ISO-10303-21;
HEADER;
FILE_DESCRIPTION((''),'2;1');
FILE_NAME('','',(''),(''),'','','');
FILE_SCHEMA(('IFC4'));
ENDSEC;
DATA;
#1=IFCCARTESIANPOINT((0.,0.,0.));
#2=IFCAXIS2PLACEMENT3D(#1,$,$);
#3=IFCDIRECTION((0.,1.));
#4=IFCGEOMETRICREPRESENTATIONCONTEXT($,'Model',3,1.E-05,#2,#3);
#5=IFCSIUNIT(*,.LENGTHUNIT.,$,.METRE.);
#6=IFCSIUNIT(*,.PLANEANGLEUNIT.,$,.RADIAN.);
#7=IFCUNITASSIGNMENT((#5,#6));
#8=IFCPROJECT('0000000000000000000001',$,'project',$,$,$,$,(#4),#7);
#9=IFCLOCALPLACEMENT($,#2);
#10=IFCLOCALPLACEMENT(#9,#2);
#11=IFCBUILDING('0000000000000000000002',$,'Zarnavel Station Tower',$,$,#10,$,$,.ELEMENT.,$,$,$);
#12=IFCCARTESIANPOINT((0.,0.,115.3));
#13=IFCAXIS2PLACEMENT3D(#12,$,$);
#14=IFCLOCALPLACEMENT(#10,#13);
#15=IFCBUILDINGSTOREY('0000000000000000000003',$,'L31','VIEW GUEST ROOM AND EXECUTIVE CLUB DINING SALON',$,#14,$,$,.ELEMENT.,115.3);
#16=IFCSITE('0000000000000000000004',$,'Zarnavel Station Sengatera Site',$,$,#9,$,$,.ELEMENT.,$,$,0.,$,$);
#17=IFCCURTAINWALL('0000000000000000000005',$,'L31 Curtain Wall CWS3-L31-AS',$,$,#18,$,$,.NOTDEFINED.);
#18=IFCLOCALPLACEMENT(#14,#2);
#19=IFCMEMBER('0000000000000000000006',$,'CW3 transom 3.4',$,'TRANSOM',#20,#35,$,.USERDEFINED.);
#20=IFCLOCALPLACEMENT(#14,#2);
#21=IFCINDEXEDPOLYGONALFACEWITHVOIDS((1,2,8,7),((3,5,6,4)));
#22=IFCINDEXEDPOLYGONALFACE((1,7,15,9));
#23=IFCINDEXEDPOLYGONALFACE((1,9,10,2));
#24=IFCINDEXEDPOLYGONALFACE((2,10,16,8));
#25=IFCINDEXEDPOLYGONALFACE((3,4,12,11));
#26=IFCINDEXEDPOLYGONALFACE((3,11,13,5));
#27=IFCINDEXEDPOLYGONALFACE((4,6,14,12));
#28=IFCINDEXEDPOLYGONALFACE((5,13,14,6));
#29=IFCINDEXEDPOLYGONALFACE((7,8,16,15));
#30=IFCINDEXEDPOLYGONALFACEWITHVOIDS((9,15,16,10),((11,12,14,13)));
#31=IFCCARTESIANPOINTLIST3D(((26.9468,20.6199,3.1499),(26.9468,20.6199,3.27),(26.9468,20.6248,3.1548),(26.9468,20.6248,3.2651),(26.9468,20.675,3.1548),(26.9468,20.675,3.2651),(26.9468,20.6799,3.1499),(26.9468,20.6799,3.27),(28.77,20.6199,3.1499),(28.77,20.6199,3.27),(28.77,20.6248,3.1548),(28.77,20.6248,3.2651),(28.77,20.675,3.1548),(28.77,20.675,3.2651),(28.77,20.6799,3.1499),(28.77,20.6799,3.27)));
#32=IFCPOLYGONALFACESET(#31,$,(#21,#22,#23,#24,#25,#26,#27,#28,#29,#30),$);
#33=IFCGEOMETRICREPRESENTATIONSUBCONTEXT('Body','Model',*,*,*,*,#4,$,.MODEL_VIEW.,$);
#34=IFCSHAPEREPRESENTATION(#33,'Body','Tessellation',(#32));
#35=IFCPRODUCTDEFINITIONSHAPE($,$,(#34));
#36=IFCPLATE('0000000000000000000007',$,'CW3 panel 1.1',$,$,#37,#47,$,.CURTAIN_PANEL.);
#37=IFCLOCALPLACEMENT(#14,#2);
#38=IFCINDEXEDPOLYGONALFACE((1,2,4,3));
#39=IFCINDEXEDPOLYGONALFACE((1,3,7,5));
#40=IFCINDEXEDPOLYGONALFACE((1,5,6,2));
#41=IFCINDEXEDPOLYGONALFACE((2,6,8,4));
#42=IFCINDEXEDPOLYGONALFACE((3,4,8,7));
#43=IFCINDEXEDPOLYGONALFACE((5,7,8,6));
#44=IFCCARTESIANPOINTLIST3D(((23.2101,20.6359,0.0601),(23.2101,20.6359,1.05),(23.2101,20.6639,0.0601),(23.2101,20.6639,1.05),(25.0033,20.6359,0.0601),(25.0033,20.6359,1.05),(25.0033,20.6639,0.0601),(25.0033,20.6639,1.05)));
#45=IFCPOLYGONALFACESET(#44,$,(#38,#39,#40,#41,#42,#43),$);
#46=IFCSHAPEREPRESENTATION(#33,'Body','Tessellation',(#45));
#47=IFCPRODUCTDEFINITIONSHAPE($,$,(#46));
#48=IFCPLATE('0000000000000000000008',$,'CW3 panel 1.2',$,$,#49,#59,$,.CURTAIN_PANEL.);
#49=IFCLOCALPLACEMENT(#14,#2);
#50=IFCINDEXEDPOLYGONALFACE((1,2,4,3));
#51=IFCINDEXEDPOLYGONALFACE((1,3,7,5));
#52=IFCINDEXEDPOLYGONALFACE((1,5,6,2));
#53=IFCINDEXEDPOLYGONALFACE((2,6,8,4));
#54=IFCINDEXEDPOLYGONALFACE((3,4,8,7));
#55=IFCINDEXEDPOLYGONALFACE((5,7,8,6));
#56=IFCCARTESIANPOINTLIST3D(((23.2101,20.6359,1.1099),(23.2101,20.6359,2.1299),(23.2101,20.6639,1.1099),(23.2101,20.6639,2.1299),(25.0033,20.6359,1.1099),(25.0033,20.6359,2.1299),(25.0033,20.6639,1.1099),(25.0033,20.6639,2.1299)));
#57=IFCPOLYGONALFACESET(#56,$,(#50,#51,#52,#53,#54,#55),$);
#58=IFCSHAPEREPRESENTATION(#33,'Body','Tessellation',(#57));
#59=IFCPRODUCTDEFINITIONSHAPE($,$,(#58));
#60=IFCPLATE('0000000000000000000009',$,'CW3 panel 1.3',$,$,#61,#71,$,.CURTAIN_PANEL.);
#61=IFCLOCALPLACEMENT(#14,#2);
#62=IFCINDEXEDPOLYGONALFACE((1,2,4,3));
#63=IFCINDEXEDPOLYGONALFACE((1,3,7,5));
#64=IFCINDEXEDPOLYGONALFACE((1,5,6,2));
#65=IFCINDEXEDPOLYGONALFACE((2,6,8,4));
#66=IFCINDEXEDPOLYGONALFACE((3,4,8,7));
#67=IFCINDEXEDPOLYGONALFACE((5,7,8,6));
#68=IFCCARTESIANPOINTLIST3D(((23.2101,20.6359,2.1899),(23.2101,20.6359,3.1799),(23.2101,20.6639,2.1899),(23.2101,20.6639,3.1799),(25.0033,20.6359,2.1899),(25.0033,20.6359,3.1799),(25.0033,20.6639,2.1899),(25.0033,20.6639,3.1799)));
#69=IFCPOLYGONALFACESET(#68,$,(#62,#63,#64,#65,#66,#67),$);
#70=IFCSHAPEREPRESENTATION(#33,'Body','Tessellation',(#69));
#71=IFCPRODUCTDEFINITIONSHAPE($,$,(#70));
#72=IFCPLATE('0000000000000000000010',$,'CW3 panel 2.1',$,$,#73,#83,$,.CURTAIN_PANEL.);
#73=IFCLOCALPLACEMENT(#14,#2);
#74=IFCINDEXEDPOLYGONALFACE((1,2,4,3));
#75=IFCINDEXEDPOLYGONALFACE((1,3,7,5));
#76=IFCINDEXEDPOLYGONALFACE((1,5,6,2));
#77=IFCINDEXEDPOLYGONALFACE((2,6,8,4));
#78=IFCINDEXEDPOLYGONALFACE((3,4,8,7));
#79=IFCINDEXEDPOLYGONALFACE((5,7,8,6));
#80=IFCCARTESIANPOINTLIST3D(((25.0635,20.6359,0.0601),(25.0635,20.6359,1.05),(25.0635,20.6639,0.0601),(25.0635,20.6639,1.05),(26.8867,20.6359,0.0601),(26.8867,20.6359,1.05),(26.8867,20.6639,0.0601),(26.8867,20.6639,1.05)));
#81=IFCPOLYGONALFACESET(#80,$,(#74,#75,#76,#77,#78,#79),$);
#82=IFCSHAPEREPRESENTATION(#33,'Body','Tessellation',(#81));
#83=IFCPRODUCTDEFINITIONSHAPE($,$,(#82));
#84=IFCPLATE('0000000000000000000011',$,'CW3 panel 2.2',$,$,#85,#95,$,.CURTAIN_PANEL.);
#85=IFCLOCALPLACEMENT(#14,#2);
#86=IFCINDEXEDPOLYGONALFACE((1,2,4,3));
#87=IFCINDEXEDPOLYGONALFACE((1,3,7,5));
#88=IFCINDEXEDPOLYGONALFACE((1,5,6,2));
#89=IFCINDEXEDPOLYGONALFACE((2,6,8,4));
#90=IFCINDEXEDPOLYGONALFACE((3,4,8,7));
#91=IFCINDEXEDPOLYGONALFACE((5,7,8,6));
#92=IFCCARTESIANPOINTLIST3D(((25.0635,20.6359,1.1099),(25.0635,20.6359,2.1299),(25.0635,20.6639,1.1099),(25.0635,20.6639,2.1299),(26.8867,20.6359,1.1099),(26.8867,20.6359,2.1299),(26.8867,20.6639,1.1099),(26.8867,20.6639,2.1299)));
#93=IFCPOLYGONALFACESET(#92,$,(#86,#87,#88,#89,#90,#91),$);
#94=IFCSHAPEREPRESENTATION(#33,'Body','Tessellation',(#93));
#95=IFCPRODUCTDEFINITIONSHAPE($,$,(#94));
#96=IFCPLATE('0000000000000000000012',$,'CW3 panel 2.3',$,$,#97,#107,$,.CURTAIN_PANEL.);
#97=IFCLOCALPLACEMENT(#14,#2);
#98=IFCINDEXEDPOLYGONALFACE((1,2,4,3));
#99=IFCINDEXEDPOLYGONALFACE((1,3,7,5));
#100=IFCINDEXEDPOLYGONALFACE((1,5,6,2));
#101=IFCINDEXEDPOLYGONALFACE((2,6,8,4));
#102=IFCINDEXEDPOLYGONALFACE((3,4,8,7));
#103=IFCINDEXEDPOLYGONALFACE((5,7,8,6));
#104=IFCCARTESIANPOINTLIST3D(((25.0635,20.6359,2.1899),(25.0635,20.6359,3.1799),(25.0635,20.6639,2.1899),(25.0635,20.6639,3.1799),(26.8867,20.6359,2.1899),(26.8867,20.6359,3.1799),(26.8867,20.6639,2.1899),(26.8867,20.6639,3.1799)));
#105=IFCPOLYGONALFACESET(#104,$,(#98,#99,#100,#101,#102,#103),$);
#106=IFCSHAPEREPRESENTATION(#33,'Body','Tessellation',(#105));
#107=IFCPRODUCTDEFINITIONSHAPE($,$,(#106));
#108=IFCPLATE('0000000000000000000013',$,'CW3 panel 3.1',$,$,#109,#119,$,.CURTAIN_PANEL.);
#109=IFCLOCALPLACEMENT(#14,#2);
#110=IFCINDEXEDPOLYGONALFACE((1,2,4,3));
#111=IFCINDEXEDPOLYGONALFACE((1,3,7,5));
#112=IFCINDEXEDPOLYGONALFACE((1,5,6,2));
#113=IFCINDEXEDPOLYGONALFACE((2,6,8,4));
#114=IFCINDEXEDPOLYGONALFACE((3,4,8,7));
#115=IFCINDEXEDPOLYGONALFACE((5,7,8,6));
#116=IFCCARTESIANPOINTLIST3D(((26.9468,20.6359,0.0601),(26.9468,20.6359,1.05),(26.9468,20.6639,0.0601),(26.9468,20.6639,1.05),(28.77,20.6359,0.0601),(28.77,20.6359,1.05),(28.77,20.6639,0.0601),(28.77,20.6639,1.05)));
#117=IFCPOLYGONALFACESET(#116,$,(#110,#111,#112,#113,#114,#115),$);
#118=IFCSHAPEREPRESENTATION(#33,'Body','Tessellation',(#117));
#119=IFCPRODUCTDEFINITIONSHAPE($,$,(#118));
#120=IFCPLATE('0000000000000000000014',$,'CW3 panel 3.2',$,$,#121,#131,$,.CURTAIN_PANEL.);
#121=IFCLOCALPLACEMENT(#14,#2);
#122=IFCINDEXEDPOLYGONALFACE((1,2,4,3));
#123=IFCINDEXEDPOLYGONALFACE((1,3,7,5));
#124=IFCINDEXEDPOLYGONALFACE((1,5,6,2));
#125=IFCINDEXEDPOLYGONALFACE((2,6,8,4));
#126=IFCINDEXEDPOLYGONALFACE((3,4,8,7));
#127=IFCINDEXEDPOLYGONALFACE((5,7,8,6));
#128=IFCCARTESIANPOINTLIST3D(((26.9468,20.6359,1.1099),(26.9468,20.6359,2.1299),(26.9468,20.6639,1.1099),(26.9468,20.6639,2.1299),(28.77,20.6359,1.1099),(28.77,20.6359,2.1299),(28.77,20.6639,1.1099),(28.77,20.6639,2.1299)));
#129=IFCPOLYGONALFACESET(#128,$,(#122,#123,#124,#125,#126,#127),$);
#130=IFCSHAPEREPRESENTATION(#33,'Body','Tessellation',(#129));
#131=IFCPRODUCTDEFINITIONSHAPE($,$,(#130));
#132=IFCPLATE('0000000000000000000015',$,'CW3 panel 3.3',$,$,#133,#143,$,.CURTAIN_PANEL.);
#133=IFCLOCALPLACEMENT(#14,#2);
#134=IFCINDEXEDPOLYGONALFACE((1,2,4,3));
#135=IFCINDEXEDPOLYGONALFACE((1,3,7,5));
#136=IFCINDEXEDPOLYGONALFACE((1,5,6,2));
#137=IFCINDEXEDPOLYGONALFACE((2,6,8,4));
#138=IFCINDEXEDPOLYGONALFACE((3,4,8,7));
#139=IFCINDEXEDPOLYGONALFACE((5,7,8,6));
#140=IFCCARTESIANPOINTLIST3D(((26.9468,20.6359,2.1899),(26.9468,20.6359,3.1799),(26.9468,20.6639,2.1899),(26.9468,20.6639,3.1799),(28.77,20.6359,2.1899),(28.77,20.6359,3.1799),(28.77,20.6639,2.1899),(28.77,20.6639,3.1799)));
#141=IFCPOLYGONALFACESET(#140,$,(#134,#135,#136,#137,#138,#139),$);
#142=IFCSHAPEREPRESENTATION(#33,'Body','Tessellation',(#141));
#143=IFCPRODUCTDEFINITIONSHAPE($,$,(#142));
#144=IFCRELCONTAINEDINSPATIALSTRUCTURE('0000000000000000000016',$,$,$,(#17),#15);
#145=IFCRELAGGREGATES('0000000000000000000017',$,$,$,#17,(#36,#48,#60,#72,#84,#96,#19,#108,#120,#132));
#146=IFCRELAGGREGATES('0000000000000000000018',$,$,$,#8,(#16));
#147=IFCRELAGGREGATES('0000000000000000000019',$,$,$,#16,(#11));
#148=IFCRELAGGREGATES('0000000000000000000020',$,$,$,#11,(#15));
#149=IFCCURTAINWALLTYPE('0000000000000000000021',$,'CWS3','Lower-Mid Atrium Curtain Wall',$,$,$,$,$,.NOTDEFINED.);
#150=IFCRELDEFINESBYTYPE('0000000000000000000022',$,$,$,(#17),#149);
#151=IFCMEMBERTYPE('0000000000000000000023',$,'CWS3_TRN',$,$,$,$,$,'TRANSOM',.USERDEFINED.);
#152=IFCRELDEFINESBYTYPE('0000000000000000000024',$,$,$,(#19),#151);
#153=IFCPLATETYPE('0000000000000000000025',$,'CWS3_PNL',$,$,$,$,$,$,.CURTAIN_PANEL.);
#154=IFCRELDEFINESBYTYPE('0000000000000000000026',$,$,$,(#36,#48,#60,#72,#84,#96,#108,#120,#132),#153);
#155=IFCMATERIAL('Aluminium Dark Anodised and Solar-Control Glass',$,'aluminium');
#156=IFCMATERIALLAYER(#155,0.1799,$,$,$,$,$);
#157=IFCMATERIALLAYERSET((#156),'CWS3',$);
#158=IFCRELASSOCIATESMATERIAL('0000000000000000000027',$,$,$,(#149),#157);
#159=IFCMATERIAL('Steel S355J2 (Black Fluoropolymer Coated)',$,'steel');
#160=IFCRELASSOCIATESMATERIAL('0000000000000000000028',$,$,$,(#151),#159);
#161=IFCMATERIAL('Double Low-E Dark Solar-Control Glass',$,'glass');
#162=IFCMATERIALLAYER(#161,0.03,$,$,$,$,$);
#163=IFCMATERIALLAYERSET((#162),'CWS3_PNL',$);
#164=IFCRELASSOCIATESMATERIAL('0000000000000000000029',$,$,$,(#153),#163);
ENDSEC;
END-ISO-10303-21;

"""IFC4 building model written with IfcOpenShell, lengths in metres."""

from ifc_helpers import new_model, si_unit, direction, frame, origin, origin_2d, place, context, subcontext, project, spatial, rectangle, hollow_rectangle, extrude, material, layer, layer_set, material_profile, profile_set, type_object, element, aggregate, save


model = new_model("IFC4")

# Units and contexts
model_context = context("Model", 3, precision=1e-05, world=origin(), true_north=direction((0.0, 1.0)))
body_context = subcontext(model_context, "Body", "Model", "MODEL_VIEW")
ifc_project = project(units=[si_unit("LENGTHUNIT", "METRE"), si_unit("PLANEANGLEUNIT", "RADIAN")], contexts=[model_context])

# Site, building, storey
site_placement = place(None, origin())
site = spatial("IfcSite", under=ifc_project, at=site_placement, Name="Zarnavel Station Sengatera Site", CompositionType="ELEMENT", RefElevation=0.0)
building_placement = place(site_placement, origin())
building = spatial("IfcBuilding", under=site, at=building_placement, Name="Zarnavel Station Tower", CompositionType="ELEMENT")
storey_placement = place(building_placement, frame((0.0, 0.0, 115.3)))
storey = spatial("IfcBuildingStorey", under=building, at=storey_placement, Name="L31", Description="VIEW GUEST ROOM AND EXECUTIVE CLUB DINING SALON", CompositionType="ELEMENT", Elevation=115.3)

# Curtain wall, member, plates
ifc_material_1 = material(Name="Aluminium Dark Anodised and Solar-Control Glass", Category="aluminium")
ifc_layer_1 = layer(ifc_material_1, 0.1799)
ifc_layer_set_1 = layer_set([ifc_layer_1], Name="CWS3")
curtain_wall_type = type_object("IfcCurtainWallType", Name="CWS3", Description="Lower-Mid Atrium Curtain Wall", PredefinedType="NOTDEFINED", material=ifc_layer_set_1)
curtain_wall_placement = place(storey_placement, origin())
curtain_wall = element("IfcCurtainWall", 1, at=curtain_wall_placement, inside=storey, type_object=curtain_wall_type, Name="L31 Curtain Wall CWS3-L31-AS", PredefinedType="NOTDEFINED")
ifc_material_2 = material(Name="Steel S355J2 (Black Fluoropolymer Coated)", Category="steel")
ifc_material_profile_1 = material_profile(ifc_material_2, hollow_rectangle(XDim=0.0601, YDim=0.1201, WallThickness=0.0049, at=origin_2d()), Name="RHS120x60x5")
ifc_profile_set_1 = profile_set([ifc_material_profile_1], Name="Steel S355J2 (Black Fluoropolymer Coated)")
member_type_1 = type_object("IfcMemberType", Name="CWS3_TRN", ElementType="TRANSOM", PredefinedType="USERDEFINED", material=ifc_profile_set_1)
member_1_placement = place(storey_placement, frame((26.9468, 20.6499, 3.21), z_axis=(1.0, 0.0, 0.0), x_axis=(0.0, 1.0, 0.0)))
member_1 = element("IfcMember", 2, at=member_1_placement, type_object=member_type_1, Name="CW3 transom 3.4", ObjectType="TRANSOM", PredefinedType="USERDEFINED", context=body_context, shape_type="SweptSolid", body=[
    extrude(hollow_rectangle(XDim=0.0601, YDim=0.1201, WallThickness=0.0049, at=origin_2d()), origin(), (0.0, 0.0, 1.0), 1.8232),
])
ifc_material_3 = material(Name="Double Low-E Dark Solar-Control Glass", Category="glass")
ifc_layer_2 = layer(ifc_material_3, 0.03)
ifc_layer_set_2 = layer_set([ifc_layer_2], Name="CWS3_PNL")
plate_type = type_object("IfcPlateType", Name="CWS3_PNL", PredefinedType="CURTAIN_PANEL", material=ifc_layer_set_2)
plate_1_placement = place(storey_placement, frame((24.1067, 20.6499, 0.0601), z_axis=(0.0, 0.0, 1.0), x_axis=(1.0, 0.0, 0.0)))
plate_1 = element("IfcPlate", 3, at=plate_1_placement, type_object=plate_type, Name="CW3 panel 1.1", PredefinedType="CURTAIN_PANEL", context=body_context, shape_type="SweptSolid", body=[
    extrude(rectangle(XDim=1.7932, YDim=0.0281, at=origin_2d()), origin(), (0.0, 0.0, 1.0), 0.99),
])
plate_2_placement = place(storey_placement, frame((24.1067, 20.6499, 1.1099), z_axis=(0.0, 0.0, 1.0), x_axis=(1.0, 0.0, 0.0)))
plate_2 = element("IfcPlate", 4, at=plate_2_placement, type_object=plate_type, Name="CW3 panel 1.2", PredefinedType="CURTAIN_PANEL", context=body_context, shape_type="SweptSolid", body=[
    extrude(rectangle(XDim=1.7932, YDim=0.0281, at=origin_2d()), origin(), (0.0, 0.0, 1.0), 1.02),
])
plate_3_placement = place(storey_placement, frame((24.1067, 20.6499, 2.1899), z_axis=(0.0, 0.0, 1.0), x_axis=(1.0, 0.0, 0.0)))
plate_3 = element("IfcPlate", 5, at=plate_3_placement, type_object=plate_type, Name="CW3 panel 1.3", PredefinedType="CURTAIN_PANEL", context=body_context, shape_type="SweptSolid", body=[
    extrude(rectangle(XDim=1.7932, YDim=0.0281, at=origin_2d()), origin(), (0.0, 0.0, 1.0), 0.99),
])
plate_4_placement = place(storey_placement, frame((25.9751, 20.6499, 0.0601), z_axis=(0.0, 0.0, 1.0), x_axis=(1.0, 0.0, 0.0)))
plate_4 = element("IfcPlate", 6, at=plate_4_placement, type_object=plate_type, Name="CW3 panel 2.1", PredefinedType="CURTAIN_PANEL", context=body_context, shape_type="SweptSolid", body=[
    extrude(rectangle(XDim=1.8232, YDim=0.0281, at=origin_2d()), origin(), (0.0, 0.0, 1.0), 0.99),
])
plate_5_placement = place(storey_placement, frame((25.9751, 20.6499, 1.1099), z_axis=(0.0, 0.0, 1.0), x_axis=(1.0, 0.0, 0.0)))
plate_5 = element("IfcPlate", 7, at=plate_5_placement, type_object=plate_type, Name="CW3 panel 2.2", PredefinedType="CURTAIN_PANEL", context=body_context, shape_type="SweptSolid", body=[
    extrude(rectangle(XDim=1.8232, YDim=0.0281, at=origin_2d()), origin(), (0.0, 0.0, 1.0), 1.02),
])
plate_6_placement = place(storey_placement, frame((25.9751, 20.6499, 2.1899), z_axis=(0.0, 0.0, 1.0), x_axis=(1.0, 0.0, 0.0)))
plate_6 = element("IfcPlate", 8, at=plate_6_placement, type_object=plate_type, Name="CW3 panel 2.3", PredefinedType="CURTAIN_PANEL", context=body_context, shape_type="SweptSolid", body=[
    extrude(rectangle(XDim=1.8232, YDim=0.0281, at=origin_2d()), origin(), (0.0, 0.0, 1.0), 0.99),
])
plate_7_placement = place(storey_placement, frame((27.8584, 20.6499, 0.0601), z_axis=(0.0, 0.0, 1.0), x_axis=(1.0, 0.0, 0.0)))
plate_7 = element("IfcPlate", 9, at=plate_7_placement, type_object=plate_type, Name="CW3 panel 3.1", PredefinedType="CURTAIN_PANEL", context=body_context, shape_type="SweptSolid", body=[
    extrude(rectangle(XDim=1.8232, YDim=0.0281, at=origin_2d()), origin(), (0.0, 0.0, 1.0), 0.99),
])
plate_8_placement = place(storey_placement, frame((27.8584, 20.6499, 1.1099), z_axis=(0.0, 0.0, 1.0), x_axis=(1.0, 0.0, 0.0)))
plate_8 = element("IfcPlate", 10, at=plate_8_placement, type_object=plate_type, Name="CW3 panel 3.2", PredefinedType="CURTAIN_PANEL", context=body_context, shape_type="SweptSolid", body=[
    extrude(rectangle(XDim=1.8232, YDim=0.0281, at=origin_2d()), origin(), (0.0, 0.0, 1.0), 1.02),
])
plate_9_placement = place(storey_placement, frame((27.8584, 20.6499, 2.1899), z_axis=(0.0, 0.0, 1.0), x_axis=(1.0, 0.0, 0.0)))
plate_9 = element("IfcPlate", 11, at=plate_9_placement, type_object=plate_type, Name="CW3 panel 3.3", PredefinedType="CURTAIN_PANEL", context=body_context, shape_type="SweptSolid", body=[
    extrude(rectangle(XDim=1.8232, YDim=0.0281, at=origin_2d()), origin(), (0.0, 0.0, 1.0), 0.99),
])
aggregate(curtain_wall, [plate_1, plate_2, plate_3, plate_4, plate_5, plate_6, member_1, plate_7, plate_8, plate_9])

save(model, "model.ifc")
